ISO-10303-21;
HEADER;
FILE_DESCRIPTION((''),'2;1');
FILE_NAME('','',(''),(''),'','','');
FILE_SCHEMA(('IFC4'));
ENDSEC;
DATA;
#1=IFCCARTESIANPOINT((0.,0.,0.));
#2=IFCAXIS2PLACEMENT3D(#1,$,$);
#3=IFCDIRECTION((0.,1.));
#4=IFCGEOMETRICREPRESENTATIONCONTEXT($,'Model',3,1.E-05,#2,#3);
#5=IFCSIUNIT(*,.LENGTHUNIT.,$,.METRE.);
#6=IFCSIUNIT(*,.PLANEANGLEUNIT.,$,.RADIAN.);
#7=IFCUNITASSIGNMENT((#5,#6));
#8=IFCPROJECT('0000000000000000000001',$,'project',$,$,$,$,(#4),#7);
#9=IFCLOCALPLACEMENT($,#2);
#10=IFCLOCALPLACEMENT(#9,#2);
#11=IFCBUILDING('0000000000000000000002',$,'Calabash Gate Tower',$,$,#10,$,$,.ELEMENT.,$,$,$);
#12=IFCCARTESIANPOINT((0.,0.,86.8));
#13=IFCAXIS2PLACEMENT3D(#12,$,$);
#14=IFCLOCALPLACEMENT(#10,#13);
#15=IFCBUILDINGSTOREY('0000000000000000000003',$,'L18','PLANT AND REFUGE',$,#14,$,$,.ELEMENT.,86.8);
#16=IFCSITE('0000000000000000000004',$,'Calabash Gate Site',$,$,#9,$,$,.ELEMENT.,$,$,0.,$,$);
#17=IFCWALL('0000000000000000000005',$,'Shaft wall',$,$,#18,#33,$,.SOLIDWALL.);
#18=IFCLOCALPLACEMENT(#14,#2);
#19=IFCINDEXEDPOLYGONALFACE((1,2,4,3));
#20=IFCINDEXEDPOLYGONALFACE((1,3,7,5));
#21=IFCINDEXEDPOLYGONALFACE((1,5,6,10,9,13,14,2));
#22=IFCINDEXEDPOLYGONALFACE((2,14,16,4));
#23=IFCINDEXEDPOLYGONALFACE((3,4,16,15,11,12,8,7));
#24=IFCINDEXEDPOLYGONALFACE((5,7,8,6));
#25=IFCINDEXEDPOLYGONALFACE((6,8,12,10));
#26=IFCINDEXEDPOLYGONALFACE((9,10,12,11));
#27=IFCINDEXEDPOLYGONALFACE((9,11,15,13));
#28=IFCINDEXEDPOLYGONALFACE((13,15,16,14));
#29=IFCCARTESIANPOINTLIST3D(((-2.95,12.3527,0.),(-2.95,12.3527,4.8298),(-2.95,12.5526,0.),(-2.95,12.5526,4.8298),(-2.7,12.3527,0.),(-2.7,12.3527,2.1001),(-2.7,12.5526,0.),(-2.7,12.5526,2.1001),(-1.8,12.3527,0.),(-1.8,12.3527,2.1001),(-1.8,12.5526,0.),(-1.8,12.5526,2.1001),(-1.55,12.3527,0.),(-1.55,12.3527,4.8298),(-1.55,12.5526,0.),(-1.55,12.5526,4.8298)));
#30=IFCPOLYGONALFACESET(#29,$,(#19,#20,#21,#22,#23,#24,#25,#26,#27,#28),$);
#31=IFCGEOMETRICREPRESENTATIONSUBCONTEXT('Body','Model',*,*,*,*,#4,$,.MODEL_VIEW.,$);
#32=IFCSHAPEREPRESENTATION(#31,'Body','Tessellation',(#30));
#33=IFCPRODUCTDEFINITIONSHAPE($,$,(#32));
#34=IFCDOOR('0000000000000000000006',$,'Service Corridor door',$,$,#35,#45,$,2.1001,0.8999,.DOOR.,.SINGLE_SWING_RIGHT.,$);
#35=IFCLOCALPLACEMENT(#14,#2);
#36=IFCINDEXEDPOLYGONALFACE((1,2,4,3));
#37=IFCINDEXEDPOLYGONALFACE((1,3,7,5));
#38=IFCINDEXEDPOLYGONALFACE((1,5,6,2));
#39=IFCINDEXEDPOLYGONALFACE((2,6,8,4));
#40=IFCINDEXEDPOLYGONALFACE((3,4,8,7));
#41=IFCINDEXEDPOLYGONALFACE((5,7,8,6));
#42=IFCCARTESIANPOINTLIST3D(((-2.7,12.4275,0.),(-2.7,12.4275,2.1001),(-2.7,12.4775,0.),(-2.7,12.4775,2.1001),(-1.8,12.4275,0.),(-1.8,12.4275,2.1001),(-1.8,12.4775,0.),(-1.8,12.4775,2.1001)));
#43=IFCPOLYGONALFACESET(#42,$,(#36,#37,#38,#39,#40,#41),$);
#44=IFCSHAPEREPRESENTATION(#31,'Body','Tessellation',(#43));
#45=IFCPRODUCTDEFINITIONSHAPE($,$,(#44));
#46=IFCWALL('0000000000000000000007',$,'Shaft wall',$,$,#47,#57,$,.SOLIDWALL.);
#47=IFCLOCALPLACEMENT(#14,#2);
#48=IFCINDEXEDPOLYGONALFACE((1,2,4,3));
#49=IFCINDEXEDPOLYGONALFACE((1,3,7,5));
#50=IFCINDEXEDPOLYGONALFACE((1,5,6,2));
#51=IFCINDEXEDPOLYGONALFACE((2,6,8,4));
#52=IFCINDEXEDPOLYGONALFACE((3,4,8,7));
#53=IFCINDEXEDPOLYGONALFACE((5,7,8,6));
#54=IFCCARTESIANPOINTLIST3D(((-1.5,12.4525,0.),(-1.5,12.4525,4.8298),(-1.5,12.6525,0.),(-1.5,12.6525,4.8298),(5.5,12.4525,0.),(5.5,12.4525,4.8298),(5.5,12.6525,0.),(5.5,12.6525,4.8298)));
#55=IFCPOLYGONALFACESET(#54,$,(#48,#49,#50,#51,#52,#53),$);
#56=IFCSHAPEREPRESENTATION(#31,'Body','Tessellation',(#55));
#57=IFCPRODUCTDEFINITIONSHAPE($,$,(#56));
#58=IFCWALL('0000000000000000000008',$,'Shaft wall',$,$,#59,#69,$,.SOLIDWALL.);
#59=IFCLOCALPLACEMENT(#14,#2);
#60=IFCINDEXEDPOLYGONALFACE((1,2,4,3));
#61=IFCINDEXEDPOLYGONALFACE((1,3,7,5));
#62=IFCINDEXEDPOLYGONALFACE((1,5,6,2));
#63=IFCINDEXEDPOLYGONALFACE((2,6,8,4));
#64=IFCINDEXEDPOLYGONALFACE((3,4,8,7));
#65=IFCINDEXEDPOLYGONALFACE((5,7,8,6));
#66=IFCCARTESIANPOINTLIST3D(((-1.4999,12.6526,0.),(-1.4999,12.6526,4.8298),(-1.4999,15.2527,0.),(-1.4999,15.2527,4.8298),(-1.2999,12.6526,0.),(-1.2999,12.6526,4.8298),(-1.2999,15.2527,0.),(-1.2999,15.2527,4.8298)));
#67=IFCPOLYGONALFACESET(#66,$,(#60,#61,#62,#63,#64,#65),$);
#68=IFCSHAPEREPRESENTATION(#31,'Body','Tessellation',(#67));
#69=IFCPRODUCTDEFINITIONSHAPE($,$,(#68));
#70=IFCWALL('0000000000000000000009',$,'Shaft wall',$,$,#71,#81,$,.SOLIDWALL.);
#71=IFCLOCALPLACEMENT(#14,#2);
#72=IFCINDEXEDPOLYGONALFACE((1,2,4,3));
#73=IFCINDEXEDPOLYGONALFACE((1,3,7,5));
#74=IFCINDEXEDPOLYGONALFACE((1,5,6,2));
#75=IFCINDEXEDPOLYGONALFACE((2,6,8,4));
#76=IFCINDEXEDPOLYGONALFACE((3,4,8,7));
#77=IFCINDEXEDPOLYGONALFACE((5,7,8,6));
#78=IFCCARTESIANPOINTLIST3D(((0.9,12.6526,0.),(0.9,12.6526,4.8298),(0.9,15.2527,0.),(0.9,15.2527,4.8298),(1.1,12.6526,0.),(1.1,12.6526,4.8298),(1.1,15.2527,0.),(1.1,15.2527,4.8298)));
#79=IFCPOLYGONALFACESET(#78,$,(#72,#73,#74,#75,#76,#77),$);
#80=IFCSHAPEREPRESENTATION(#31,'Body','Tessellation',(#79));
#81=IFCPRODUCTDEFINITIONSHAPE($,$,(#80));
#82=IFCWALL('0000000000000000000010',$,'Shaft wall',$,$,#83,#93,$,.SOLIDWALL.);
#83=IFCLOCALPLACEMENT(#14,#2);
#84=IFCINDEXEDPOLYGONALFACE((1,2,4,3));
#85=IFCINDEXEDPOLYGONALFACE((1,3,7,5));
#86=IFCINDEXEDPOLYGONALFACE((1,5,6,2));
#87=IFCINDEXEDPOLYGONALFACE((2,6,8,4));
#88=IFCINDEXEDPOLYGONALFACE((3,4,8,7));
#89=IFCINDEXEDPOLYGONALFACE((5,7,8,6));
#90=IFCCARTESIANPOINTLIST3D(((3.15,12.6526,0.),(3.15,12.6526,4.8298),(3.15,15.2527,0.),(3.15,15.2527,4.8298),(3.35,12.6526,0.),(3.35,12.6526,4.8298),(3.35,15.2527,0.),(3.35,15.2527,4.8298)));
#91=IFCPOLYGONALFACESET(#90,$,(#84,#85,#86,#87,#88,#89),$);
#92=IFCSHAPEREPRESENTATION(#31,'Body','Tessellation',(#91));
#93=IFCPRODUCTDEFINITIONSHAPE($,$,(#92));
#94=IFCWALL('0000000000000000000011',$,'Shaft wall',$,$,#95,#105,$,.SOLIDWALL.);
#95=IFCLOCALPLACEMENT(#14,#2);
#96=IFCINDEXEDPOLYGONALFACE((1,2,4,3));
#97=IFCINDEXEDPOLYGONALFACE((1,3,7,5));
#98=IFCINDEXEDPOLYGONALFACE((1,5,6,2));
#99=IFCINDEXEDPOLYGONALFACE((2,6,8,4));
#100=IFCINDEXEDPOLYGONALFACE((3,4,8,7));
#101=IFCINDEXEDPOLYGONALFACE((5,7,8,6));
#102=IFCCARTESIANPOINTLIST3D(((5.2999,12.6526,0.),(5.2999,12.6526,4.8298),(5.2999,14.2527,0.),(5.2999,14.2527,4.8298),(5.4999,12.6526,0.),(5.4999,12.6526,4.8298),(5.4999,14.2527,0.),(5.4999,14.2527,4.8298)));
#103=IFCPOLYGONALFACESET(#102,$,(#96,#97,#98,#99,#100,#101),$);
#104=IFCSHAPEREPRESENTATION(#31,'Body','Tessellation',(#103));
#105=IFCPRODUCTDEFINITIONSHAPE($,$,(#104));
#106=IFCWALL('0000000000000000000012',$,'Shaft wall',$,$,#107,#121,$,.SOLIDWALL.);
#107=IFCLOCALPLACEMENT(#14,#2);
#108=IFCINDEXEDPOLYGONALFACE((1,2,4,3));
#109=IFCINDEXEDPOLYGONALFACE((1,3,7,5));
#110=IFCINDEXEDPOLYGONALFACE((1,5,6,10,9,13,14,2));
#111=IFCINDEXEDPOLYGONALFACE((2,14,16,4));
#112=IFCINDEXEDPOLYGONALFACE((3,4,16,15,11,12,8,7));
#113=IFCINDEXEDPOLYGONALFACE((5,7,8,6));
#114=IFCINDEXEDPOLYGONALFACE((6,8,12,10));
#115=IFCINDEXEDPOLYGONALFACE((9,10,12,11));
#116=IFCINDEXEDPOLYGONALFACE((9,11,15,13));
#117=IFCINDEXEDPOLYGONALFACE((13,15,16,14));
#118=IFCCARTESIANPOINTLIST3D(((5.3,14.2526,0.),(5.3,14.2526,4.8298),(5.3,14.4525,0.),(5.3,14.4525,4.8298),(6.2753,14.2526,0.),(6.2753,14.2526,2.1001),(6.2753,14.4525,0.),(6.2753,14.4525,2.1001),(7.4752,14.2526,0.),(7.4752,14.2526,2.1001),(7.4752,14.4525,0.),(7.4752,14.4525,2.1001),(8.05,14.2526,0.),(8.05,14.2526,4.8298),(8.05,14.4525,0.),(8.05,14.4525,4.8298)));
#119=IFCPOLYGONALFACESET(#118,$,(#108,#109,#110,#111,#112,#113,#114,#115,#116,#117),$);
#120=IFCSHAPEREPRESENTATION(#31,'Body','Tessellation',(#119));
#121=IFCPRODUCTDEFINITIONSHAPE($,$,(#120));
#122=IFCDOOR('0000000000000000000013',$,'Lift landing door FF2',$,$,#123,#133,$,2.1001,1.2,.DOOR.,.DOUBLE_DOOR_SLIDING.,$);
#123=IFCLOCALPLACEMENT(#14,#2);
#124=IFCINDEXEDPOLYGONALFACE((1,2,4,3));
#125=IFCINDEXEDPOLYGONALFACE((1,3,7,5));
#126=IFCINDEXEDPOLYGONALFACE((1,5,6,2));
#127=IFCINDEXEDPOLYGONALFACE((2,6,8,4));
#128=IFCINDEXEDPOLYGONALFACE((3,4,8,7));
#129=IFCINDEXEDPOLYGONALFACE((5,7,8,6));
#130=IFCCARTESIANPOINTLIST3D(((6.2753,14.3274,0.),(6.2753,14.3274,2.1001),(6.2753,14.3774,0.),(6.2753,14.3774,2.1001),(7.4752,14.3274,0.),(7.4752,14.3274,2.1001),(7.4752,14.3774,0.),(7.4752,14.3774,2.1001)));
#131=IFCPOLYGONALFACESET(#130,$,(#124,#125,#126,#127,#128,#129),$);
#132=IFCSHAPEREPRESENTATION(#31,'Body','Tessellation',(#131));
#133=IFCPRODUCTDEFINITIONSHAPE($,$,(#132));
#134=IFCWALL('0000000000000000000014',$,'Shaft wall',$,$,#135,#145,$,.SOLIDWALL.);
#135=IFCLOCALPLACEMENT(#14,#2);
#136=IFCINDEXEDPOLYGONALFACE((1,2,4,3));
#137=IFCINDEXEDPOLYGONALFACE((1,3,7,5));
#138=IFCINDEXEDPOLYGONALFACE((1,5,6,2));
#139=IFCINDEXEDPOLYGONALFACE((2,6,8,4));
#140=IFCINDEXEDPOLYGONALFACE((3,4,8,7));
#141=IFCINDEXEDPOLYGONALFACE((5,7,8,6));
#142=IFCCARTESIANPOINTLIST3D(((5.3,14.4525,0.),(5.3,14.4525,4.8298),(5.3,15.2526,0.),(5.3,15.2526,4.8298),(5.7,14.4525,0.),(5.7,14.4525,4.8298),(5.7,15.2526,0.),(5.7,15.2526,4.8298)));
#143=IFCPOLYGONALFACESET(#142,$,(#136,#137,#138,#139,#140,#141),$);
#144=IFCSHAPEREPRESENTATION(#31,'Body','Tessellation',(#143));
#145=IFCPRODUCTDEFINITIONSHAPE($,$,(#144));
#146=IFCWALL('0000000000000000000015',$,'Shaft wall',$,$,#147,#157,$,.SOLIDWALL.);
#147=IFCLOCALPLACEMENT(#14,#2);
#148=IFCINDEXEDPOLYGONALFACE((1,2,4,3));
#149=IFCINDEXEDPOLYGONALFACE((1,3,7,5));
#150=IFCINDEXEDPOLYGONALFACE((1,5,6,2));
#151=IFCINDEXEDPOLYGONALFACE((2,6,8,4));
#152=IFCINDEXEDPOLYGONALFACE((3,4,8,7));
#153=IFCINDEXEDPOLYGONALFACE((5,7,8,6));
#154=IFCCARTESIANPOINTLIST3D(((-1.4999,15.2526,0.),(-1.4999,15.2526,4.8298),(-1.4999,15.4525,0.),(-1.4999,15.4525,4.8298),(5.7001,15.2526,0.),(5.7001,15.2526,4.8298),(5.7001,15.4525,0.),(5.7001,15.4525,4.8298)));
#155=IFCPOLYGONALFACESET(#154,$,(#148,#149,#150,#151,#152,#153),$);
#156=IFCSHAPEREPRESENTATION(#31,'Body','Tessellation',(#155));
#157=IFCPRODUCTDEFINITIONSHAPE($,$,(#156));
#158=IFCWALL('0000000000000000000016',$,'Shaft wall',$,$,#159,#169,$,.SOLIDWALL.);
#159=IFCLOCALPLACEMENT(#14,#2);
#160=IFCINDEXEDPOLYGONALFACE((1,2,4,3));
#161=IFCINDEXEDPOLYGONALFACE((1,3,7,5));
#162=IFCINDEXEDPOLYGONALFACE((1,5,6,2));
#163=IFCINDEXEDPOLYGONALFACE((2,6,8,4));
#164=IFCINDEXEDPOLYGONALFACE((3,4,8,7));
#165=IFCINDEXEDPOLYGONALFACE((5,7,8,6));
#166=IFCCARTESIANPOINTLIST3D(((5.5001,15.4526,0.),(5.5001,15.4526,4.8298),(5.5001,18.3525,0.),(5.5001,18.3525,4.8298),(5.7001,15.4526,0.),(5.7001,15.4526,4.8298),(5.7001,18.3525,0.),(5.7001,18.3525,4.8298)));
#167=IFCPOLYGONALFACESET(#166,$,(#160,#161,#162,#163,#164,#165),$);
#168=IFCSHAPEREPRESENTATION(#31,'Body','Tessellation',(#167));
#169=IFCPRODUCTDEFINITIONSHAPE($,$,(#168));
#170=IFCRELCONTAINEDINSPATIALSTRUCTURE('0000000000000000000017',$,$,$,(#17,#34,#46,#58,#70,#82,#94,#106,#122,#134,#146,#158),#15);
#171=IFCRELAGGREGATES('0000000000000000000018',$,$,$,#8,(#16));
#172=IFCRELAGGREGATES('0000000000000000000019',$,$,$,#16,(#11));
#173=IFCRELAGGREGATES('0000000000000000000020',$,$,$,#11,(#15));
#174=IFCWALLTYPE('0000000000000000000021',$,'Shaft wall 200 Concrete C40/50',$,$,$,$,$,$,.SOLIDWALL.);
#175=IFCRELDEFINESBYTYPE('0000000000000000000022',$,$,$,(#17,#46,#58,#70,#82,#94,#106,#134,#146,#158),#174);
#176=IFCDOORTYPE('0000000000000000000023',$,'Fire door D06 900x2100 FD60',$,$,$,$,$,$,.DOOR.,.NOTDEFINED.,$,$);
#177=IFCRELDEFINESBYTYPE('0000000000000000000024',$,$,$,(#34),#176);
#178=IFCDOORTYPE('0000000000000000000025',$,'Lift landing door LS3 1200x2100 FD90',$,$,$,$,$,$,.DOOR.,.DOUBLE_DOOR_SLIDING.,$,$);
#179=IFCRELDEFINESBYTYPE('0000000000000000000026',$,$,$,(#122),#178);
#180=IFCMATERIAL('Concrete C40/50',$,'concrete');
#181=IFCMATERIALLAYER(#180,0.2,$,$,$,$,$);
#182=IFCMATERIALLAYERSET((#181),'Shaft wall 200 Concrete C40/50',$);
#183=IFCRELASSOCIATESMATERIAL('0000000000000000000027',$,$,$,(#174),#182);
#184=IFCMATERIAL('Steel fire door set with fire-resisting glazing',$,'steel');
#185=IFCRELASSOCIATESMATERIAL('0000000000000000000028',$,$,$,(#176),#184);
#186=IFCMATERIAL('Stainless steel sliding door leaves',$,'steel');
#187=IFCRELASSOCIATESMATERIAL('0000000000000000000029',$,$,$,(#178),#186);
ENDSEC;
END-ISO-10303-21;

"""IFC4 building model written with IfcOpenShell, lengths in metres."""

from ifc_helpers import new_model, si_unit, direction, frame, frame_2d, origin, place, context, subcontext, project, spatial, rectangle, extrude, material, layer, layer_set, type_object, element, fill, save


model = new_model("IFC4")

# Units and contexts
model_context = context("Model", 3, precision=1e-05, world=origin(), true_north=direction((0.0, 1.0)))
body_context = subcontext(model_context, "Body", "Model", "MODEL_VIEW")
ifc_project = project(units=[si_unit("LENGTHUNIT", "METRE"), si_unit("PLANEANGLEUNIT", "RADIAN")], contexts=[model_context])

# Site, building, storey
site_placement = place(None, origin())
site = spatial("IfcSite", under=ifc_project, at=site_placement, Name="Calabash Gate Site", CompositionType="ELEMENT", RefElevation=0.0)
building_placement = place(site_placement, origin())
building = spatial("IfcBuilding", under=site, at=building_placement, Name="Calabash Gate Tower", CompositionType="ELEMENT")
storey_placement = place(building_placement, frame((0.0, 0.0, 86.8)))
storey = spatial("IfcBuildingStorey", under=building, at=storey_placement, Name="L18", Description="PLANT AND REFUGE", CompositionType="ELEMENT", Elevation=86.8)

# Wall, opening, door
ifc_material_1 = material(Name="Concrete C40/50", Category="concrete")
ifc_layer = layer(ifc_material_1, 0.2)
ifc_layer_set = layer_set([ifc_layer], Name="Shaft wall 200 Concrete C40/50")
wall_type = type_object("IfcWallType", Name="Shaft wall 200 Concrete C40/50", PredefinedType="SOLIDWALL", material=ifc_layer_set)
wall_1_placement = place(storey_placement, frame((-2.95, 12.4526, 0.0), z_axis=(0.0, 0.0, 1.0), x_axis=(1.0, 0.0, 0.0)))
wall_1 = element("IfcWall", 1, at=wall_1_placement, inside=storey, type_object=wall_type, Name="Shaft wall", PredefinedType="SOLIDWALL", context=body_context, shape_type="SweptSolid", body=[
    extrude(rectangle(XDim=1.3999, YDim=0.2, at=frame_2d((0.7, 0.0))), origin(), (0.0, 0.0, 1.0), 4.8298),
])
opening_1_placement = place(wall_1_placement, frame((0.25, 0.0, 0.0)))
opening_1 = element("IfcOpeningElement", 2, at=opening_1_placement, cuts=wall_1, PredefinedType="OPENING", context=body_context, shape_type="SweptSolid", body=[
    extrude(rectangle(XDim=0.8999, YDim=2.1001, at=frame_2d((0.45, 1.05))), frame((0.0, 0.1099, 0.0), z_axis=(0.0, -1.0, 0.0), x_axis=(1.0, 0.0, 0.0)), (0.0, 0.0, 1.0), 0.22),
])
ifc_material_2 = material(Name="Steel fire door set with fire-resisting glazing", Category="steel")
door_type_1 = type_object("IfcDoorType", Name="Fire door D06 900x2100 FD60", OperationType="NOTDEFINED", PredefinedType="DOOR", material=ifc_material_2)
door_1_placement = place(opening_1_placement, origin())
door_1 = element("IfcDoor", 3, at=door_1_placement, inside=storey, type_object=door_type_1, Name="Service Corridor door", OperationType="SINGLE_SWING_RIGHT", OverallHeight=2.1001, OverallWidth=0.8999, PredefinedType="DOOR", context=body_context, shape_type="SweptSolid", body=[
    extrude(rectangle(XDim=0.8999, YDim=2.1001, at=frame_2d((0.45, 1.05))), frame((0.0, 0.0249, 0.0), z_axis=(0.0, -1.0, 0.0), x_axis=(1.0, 0.0, 0.0)), (0.0, 0.0, 1.0), 0.05),
])
fill(opening_1, door_1)

# Walls
wall_2_placement = place(storey_placement, frame((-1.5, 12.5525, 0.0), z_axis=(0.0, 0.0, 1.0), x_axis=(1.0, 0.0, 0.0)))
element("IfcWall", 4, at=wall_2_placement, inside=storey, type_object=wall_type, Name="Shaft wall", PredefinedType="SOLIDWALL", context=body_context, shape_type="SweptSolid", body=[
    extrude(rectangle(XDim=7.0, YDim=0.2, at=frame_2d((3.5, 0.0))), origin(), (0.0, 0.0, 1.0), 4.8298),
])
for number, where, z_axis, x_axis, name in (
    (5, (-1.3999, 12.6526, 0.0), (0.0, 0.0, 1.0), (0.0, 1.0, 0.0), "Shaft wall"),
    (6, (1.0, 12.6526, 0.0), (0.0, 0.0, 1.0), (0.0, 1.0, 0.0), "Shaft wall"),
    (7, (3.25, 12.6526, 0.0), (0.0, 0.0, 1.0), (0.0, 1.0, 0.0), "Shaft wall"),
):
    element("IfcWall", number, at=place(storey_placement, frame(where, z_axis=z_axis, x_axis=x_axis)), inside=storey, type_object=wall_type, Name=name, PredefinedType="SOLIDWALL", context=body_context, shape_type="SweptSolid", body=[
        extrude(rectangle(XDim=2.6001, YDim=0.2, at=frame_2d((1.3, 0.0))), origin(), (0.0, 0.0, 1.0), 4.8298),
    ])
wall_3_placement = place(storey_placement, frame((5.3999, 12.6526, 0.0), z_axis=(0.0, 0.0, 1.0), x_axis=(0.0, 1.0, 0.0)))
element("IfcWall", 8, at=wall_3_placement, inside=storey, type_object=wall_type, Name="Shaft wall", PredefinedType="SOLIDWALL", context=body_context, shape_type="SweptSolid", body=[
    extrude(rectangle(XDim=1.6001, YDim=0.2, at=frame_2d((0.8, 0.0))), origin(), (0.0, 0.0, 1.0), 4.8298),
])

# Wall, opening, door
wall_4_placement = place(storey_placement, frame((5.3, 14.3525, 0.0), z_axis=(0.0, 0.0, 1.0), x_axis=(1.0, 0.0, 0.0)))
wall_4 = element("IfcWall", 9, at=wall_4_placement, inside=storey, type_object=wall_type, Name="Shaft wall", PredefinedType="SOLIDWALL", context=body_context, shape_type="SweptSolid", body=[
    extrude(rectangle(XDim=2.75, YDim=0.2, at=frame_2d((1.375, 0.0))), origin(), (0.0, 0.0, 1.0), 4.8298),
])
opening_2_placement = place(wall_4_placement, frame((0.9751, 0.0, 0.0)))
opening_2 = element("IfcOpeningElement", 10, at=opening_2_placement, cuts=wall_4, PredefinedType="OPENING", context=body_context, shape_type="SweptSolid", body=[
    extrude(rectangle(XDim=1.2, YDim=2.1001, at=frame_2d((0.6001, 1.05))), frame((0.0, 0.1099, 0.0), z_axis=(0.0, -1.0, 0.0), x_axis=(1.0, 0.0, 0.0)), (0.0, 0.0, 1.0), 0.22),
])
ifc_material_3 = material(Name="Stainless steel sliding door leaves", Category="steel")
door_type_2 = type_object("IfcDoorType", Name="Lift landing door LS3 1200x2100 FD90", OperationType="DOUBLE_DOOR_SLIDING", PredefinedType="DOOR", material=ifc_material_3)
door_2_placement = place(opening_2_placement, origin())
door_2 = element("IfcDoor", 11, at=door_2_placement, inside=storey, type_object=door_type_2, Name="Lift landing door FF2", OperationType="DOUBLE_DOOR_SLIDING", OverallHeight=2.1001, OverallWidth=1.2, PredefinedType="DOOR", context=body_context, shape_type="SweptSolid", body=[
    extrude(rectangle(XDim=1.2, YDim=2.1001, at=frame_2d((0.6001, 1.05))), frame((0.0, 0.0249, 0.0), z_axis=(0.0, -1.0, 0.0), x_axis=(1.0, 0.0, 0.0)), (0.0, 0.0, 1.0), 0.05),
])
fill(opening_2, door_2)

# Walls
wall_5_placement = place(storey_placement, frame((5.5, 14.4526, 0.0), z_axis=(0.0, 0.0, 1.0), x_axis=(0.0, 1.0, 0.0)))
element("IfcWall", 12, at=wall_5_placement, inside=storey, type_object=wall_type, Name="Shaft wall", PredefinedType="SOLIDWALL", context=body_context, shape_type="SweptSolid", body=[
    extrude(rectangle(XDim=0.8, YDim=0.3999, at=frame_2d((0.3999, 0.0))), origin(), (0.0, 0.0, 1.0), 4.8298),
])
wall_6_placement = place(storey_placement, frame((-1.5, 15.3525, 0.0), z_axis=(0.0, 0.0, 1.0), x_axis=(1.0, 0.0, 0.0)))
element("IfcWall", 13, at=wall_6_placement, inside=storey, type_object=wall_type, Name="Shaft wall", PredefinedType="SOLIDWALL", context=body_context, shape_type="SweptSolid", body=[
    extrude(rectangle(XDim=7.2, YDim=0.2, at=frame_2d((3.6001, 0.0))), origin(), (0.0, 0.0, 1.0), 4.8298),
])
wall_7_placement = place(storey_placement, frame((5.6001, 15.4526, 0.0), z_axis=(0.0, 0.0, 1.0), x_axis=(0.0, 1.0, 0.0)))
element("IfcWall", 14, at=wall_7_placement, inside=storey, type_object=wall_type, Name="Shaft wall", PredefinedType="SOLIDWALL", context=body_context, shape_type="SweptSolid", body=[
    extrude(rectangle(XDim=2.8999, YDim=0.2, at=frame_2d((1.45, 0.0))), origin(), (0.0, 0.0, 1.0), 4.8298),
])

save(model, "model.ifc")
